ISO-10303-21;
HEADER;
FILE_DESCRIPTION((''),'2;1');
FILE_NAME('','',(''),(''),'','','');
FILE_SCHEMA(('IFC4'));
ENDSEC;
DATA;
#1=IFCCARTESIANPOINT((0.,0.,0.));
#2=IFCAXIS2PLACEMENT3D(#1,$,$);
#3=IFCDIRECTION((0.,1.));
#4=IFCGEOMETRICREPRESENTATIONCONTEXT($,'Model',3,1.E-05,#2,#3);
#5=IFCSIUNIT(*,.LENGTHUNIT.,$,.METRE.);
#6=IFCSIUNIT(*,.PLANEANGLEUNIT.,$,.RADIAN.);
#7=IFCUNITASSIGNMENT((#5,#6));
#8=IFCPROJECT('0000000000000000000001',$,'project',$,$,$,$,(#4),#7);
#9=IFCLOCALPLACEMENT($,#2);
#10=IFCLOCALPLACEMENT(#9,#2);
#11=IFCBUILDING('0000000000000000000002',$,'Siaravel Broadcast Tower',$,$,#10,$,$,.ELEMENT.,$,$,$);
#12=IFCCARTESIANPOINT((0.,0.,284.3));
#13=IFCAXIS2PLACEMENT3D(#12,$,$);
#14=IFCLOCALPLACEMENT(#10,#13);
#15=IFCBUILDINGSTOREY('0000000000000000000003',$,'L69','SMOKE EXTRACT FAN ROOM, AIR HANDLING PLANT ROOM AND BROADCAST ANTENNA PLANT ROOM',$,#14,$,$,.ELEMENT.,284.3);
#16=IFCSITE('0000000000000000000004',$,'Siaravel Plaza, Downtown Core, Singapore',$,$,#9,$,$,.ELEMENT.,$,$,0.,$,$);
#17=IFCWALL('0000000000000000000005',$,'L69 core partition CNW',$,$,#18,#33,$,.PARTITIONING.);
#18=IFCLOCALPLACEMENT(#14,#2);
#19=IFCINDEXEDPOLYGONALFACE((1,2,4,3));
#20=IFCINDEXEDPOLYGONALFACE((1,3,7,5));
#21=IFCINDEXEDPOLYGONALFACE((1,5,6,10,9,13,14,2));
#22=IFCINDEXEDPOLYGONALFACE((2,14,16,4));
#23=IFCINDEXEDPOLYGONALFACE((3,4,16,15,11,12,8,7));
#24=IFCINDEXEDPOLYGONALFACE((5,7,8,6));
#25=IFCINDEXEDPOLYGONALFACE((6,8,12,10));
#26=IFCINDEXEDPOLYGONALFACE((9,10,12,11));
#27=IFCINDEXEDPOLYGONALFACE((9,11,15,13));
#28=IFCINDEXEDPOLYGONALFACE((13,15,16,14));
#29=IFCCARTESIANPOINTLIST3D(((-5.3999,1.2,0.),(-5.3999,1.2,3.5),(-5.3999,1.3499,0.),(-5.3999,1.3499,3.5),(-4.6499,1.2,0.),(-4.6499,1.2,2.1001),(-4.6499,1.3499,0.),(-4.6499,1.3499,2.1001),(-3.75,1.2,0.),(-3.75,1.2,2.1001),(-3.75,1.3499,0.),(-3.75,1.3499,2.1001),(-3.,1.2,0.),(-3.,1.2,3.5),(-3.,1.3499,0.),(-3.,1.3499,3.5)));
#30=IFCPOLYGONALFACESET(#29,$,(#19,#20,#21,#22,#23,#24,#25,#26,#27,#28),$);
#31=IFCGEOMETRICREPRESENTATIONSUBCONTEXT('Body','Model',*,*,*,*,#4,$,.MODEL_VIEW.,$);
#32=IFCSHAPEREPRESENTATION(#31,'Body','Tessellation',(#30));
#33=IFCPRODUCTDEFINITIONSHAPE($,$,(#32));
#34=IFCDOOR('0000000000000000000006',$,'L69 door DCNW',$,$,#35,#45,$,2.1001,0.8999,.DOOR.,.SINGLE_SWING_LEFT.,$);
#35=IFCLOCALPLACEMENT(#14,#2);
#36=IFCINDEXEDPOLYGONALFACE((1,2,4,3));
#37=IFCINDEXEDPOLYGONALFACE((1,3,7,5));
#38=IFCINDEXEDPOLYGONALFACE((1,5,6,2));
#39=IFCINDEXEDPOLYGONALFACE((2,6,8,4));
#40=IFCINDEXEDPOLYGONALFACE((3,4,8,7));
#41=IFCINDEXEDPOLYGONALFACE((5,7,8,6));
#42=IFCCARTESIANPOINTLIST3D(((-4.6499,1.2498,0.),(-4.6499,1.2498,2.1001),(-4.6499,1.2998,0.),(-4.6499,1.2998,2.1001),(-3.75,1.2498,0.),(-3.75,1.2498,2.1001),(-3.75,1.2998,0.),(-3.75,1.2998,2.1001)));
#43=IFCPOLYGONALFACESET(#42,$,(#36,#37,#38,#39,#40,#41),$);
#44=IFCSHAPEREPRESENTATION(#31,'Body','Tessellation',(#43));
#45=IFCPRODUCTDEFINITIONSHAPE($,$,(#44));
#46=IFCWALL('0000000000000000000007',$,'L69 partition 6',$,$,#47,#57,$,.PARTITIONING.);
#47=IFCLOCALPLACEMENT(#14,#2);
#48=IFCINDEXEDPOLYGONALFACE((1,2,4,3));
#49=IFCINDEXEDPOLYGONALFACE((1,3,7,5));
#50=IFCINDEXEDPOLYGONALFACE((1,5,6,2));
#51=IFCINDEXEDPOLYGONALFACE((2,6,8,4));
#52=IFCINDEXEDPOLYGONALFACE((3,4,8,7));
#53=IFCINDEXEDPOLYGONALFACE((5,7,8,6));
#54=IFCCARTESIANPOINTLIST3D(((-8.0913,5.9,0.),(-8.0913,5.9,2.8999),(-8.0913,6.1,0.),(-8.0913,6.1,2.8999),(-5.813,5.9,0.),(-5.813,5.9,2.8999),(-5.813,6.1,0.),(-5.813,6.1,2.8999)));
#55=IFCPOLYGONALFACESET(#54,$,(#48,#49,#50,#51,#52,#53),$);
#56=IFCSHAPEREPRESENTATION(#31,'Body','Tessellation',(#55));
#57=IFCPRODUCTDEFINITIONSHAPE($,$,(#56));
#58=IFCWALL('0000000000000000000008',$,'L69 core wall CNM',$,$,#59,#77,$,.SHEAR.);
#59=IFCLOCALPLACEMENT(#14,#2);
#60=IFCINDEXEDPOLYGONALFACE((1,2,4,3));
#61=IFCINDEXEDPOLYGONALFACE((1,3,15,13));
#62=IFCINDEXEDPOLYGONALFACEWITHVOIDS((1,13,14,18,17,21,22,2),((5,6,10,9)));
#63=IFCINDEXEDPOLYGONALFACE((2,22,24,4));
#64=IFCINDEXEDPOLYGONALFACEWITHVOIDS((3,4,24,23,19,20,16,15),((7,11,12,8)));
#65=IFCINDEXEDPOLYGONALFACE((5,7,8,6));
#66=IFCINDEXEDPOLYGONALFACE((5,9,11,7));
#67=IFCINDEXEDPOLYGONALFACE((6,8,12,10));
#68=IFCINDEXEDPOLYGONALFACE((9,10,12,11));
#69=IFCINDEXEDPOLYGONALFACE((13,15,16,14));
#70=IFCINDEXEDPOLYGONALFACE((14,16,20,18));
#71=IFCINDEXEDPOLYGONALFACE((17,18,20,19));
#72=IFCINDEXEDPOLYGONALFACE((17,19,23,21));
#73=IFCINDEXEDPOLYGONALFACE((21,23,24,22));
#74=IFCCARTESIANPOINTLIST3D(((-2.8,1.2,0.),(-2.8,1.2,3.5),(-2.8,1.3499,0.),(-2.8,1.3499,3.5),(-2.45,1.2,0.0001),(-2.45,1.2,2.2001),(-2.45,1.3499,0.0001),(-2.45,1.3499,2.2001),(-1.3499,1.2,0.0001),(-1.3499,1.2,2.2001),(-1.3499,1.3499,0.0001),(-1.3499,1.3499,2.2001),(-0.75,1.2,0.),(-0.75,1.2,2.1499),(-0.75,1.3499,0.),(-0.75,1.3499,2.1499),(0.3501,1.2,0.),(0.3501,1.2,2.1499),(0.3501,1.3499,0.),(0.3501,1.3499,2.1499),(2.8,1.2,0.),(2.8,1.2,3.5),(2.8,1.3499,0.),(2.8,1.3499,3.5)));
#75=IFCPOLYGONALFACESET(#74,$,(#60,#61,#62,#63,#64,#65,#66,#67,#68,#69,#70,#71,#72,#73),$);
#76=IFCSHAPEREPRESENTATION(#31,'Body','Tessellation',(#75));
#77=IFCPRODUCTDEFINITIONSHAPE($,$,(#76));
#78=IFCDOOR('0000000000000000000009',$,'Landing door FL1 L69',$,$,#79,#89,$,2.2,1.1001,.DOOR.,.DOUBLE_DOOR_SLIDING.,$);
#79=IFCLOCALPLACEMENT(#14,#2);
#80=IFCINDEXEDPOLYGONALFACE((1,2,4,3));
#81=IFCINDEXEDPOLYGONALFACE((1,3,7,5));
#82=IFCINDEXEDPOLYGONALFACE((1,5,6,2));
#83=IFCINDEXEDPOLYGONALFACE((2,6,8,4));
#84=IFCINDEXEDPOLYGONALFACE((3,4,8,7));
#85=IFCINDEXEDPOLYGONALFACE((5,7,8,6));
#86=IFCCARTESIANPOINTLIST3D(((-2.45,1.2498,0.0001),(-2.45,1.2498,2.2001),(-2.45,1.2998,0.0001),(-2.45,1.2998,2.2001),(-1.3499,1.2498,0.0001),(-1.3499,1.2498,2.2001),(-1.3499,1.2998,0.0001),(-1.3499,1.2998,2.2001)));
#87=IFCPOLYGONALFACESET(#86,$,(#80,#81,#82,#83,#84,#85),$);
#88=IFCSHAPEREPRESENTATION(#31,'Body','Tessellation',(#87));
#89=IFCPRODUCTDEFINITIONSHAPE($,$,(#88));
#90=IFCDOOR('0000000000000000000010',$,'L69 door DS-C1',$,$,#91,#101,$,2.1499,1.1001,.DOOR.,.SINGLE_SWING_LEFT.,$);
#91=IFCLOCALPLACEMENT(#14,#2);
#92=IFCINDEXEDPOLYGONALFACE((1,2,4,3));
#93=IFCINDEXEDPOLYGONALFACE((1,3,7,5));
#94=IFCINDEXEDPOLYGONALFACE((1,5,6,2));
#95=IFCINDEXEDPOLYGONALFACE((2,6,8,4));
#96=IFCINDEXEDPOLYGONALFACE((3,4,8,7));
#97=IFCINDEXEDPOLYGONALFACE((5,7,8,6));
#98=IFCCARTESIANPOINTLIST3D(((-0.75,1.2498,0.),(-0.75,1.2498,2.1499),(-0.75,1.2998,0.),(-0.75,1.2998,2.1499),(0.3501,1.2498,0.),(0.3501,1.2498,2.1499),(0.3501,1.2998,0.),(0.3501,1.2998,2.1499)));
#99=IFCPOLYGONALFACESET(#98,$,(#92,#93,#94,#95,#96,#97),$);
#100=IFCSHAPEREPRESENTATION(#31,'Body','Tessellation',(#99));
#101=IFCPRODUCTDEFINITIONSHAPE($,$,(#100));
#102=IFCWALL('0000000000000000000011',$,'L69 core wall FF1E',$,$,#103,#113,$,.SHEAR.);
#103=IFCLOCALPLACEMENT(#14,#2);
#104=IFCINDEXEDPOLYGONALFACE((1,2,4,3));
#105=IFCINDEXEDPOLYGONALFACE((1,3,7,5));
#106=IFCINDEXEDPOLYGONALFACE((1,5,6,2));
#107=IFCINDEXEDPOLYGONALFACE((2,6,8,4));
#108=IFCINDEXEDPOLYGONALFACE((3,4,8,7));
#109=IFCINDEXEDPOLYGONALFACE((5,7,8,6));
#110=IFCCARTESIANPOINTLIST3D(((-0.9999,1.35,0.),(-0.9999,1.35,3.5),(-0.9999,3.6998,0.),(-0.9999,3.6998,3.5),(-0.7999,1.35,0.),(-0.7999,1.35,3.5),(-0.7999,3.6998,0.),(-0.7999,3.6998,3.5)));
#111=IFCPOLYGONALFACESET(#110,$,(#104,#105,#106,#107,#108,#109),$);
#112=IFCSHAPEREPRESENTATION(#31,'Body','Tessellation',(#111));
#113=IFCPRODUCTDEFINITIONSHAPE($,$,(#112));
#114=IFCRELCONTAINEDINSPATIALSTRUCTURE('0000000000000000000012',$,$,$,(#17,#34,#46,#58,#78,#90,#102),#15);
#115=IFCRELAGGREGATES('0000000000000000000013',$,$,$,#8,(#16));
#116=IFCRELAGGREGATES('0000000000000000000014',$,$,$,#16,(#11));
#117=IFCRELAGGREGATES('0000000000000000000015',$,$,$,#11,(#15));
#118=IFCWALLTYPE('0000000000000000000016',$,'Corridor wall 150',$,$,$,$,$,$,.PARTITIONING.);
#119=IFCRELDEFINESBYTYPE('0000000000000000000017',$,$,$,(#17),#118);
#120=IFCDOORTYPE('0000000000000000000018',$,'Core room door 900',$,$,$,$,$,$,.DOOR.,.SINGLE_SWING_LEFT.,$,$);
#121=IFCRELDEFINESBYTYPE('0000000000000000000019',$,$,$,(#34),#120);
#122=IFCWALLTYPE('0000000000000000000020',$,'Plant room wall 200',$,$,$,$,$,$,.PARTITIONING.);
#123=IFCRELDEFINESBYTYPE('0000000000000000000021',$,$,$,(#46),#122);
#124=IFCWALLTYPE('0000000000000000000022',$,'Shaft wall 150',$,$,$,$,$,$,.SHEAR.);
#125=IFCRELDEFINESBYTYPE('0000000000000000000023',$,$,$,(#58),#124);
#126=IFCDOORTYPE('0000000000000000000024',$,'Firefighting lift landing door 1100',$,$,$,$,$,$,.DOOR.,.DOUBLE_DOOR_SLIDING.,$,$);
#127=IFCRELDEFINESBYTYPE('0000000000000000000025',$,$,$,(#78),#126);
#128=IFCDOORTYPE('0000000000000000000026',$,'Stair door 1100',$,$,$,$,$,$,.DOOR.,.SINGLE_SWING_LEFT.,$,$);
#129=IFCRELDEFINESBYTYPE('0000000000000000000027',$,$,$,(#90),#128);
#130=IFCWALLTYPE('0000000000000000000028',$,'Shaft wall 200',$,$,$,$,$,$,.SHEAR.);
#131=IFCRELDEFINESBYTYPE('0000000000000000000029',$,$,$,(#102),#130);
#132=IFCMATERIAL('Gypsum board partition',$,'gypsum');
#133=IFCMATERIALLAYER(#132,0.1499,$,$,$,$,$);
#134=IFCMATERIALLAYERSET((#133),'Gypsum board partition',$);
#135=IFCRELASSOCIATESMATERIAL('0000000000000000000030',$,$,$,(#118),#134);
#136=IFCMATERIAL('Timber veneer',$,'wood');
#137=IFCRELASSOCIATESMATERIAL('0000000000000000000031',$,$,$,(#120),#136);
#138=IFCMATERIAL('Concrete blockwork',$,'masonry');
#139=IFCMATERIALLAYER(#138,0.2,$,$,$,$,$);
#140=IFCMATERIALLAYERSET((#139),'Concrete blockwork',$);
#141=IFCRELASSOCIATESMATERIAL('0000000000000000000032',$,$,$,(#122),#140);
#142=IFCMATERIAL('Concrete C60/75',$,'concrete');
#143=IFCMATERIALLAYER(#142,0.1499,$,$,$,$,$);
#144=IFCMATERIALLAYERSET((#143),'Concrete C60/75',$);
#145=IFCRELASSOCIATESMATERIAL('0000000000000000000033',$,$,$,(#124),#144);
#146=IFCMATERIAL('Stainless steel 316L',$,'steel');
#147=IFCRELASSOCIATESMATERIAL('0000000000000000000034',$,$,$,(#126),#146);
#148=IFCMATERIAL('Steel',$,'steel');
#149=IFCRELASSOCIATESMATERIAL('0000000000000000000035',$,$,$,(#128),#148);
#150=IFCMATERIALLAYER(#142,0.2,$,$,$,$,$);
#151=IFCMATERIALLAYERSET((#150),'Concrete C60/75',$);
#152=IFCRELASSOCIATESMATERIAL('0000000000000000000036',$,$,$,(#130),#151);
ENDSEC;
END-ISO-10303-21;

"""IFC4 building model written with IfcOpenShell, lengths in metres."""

from ifc_helpers import new_model, si_unit, direction, frame, frame_2d, origin, place, context, subcontext, project, spatial, rectangle, extrude, material, layer, layer_set, type_object, element, fill, save


model = new_model("IFC4")

# Units and contexts
model_context = context("Model", 3, precision=1e-05, world=origin(), true_north=direction((0.0, 1.0)))
body_context = subcontext(model_context, "Body", "Model", "MODEL_VIEW")
ifc_project = project(units=[si_unit("LENGTHUNIT", "METRE"), si_unit("PLANEANGLEUNIT", "RADIAN")], contexts=[model_context])

# Site, building, storey
site_placement = place(None, origin())
site = spatial("IfcSite", under=ifc_project, at=site_placement, Name="Siaravel Plaza, Downtown Core, Singapore", CompositionType="ELEMENT", RefElevation=0.0)
building_placement = place(site_placement, origin())
building = spatial("IfcBuilding", under=site, at=building_placement, Name="Siaravel Broadcast Tower", CompositionType="ELEMENT")
storey_placement = place(building_placement, frame((0.0, 0.0, 284.3)))
storey = spatial("IfcBuildingStorey", under=building, at=storey_placement, Name="L69", Description="SMOKE EXTRACT FAN ROOM, AIR HANDLING PLANT ROOM AND BROADCAST ANTENNA PLANT ROOM", CompositionType="ELEMENT", Elevation=284.3)

# Shared definitions
ifc_material_1 = material(Name="Concrete C60/75", Category="concrete")

# Wall, opening, door
ifc_material_2 = material(Name="Gypsum board partition", Category="gypsum")
ifc_layer_1 = layer(ifc_material_2, 0.1499)
ifc_layer_set_1 = layer_set([ifc_layer_1], Name="Gypsum board partition")
wall_type_1 = type_object("IfcWallType", Name="Corridor wall 150", PredefinedType="PARTITIONING", material=ifc_layer_set_1)
wall_1_placement = place(storey_placement, frame((-5.3999, 1.2749, 0.0), z_axis=(0.0, 0.0, 1.0), x_axis=(1.0, 0.0, 0.0)))
wall_1 = element("IfcWall", 1, at=wall_1_placement, inside=storey, type_object=wall_type_1, Name="L69 core partition CNW", PredefinedType="PARTITIONING", context=body_context, shape_type="SweptSolid", body=[
    extrude(rectangle(XDim=2.3999, YDim=0.1499, at=frame_2d((1.2, 0.0))), origin(), (0.0, 0.0, 1.0), 3.5),
])
opening_1_placement = place(wall_1_placement, frame((0.75, 0.0, 0.0)))
opening_1 = element("IfcOpeningElement", 2, at=opening_1_placement, cuts=wall_1, PredefinedType="OPENING", context=body_context, shape_type="SweptSolid", body=[
    extrude(rectangle(XDim=0.8999, YDim=2.1001, at=frame_2d((0.45, 1.05))), frame((0.0, 0.085, 0.0), z_axis=(0.0, -1.0, 0.0), x_axis=(1.0, 0.0, 0.0)), (0.0, 0.0, 1.0), 0.1699),
])
ifc_material_3 = material(Name="Timber veneer", Category="wood")
door_type_1 = type_object("IfcDoorType", Name="Core room door 900", OperationType="SINGLE_SWING_LEFT", PredefinedType="DOOR", material=ifc_material_3)
door_1_placement = place(opening_1_placement, origin())
door_1 = element("IfcDoor", 3, at=door_1_placement, inside=storey, type_object=door_type_1, Name="L69 door DCNW", OperationType="SINGLE_SWING_LEFT", OverallHeight=2.1001, OverallWidth=0.8999, PredefinedType="DOOR", context=body_context, shape_type="SweptSolid", body=[
    extrude(rectangle(XDim=0.8999, YDim=2.1001, at=frame_2d((0.45, 1.05))), frame((0.0, 0.0249, 0.0), z_axis=(0.0, -1.0, 0.0), x_axis=(1.0, 0.0, 0.0)), (0.0, 0.0, 1.0), 0.05),
])
fill(opening_1, door_1)

# Wall
ifc_material_4 = material(Name="Concrete blockwork", Category="masonry")
ifc_layer_2 = layer(ifc_material_4, 0.2)
ifc_layer_set_2 = layer_set([ifc_layer_2], Name="Concrete blockwork")
wall_type_2 = type_object("IfcWallType", Name="Plant room wall 200", PredefinedType="PARTITIONING", material=ifc_layer_set_2)
wall_2_placement = place(storey_placement, frame((-5.813, 6.0, 0.0), z_axis=(0.0, 0.0, 1.0), x_axis=(-1.0, 0.0, 0.0)))
element("IfcWall", 4, at=wall_2_placement, inside=storey, type_object=wall_type_2, Name="L69 partition 6", PredefinedType="PARTITIONING", context=body_context, shape_type="SweptSolid", body=[
    extrude(rectangle(XDim=2.2783, YDim=0.2, at=frame_2d((1.1392, 0.0))), origin(), (0.0, 0.0, 1.0), 2.8999),
])

# Wall, openings, doors
ifc_layer_3 = layer(ifc_material_1, 0.1499)
ifc_layer_set_3 = layer_set([ifc_layer_3], Name="Concrete C60/75")
wall_type_3 = type_object("IfcWallType", Name="Shaft wall 150", PredefinedType="SHEAR", material=ifc_layer_set_3)
wall_3_placement = place(storey_placement, frame((-2.8, 1.2749, 0.0), z_axis=(0.0, 0.0, 1.0), x_axis=(1.0, 0.0, 0.0)))
wall_3 = element("IfcWall", 5, at=wall_3_placement, inside=storey, type_object=wall_type_3, Name="L69 core wall CNM", PredefinedType="SHEAR", context=body_context, shape_type="SweptSolid", body=[
    extrude(rectangle(XDim=5.6001, YDim=0.1499, at=frame_2d((2.8, 0.0))), origin(), (0.0, 0.0, 1.0), 3.5),
])
opening_2_placement = place(wall_3_placement, frame((0.3501, 0.0, 0.0)))
opening_2 = element("IfcOpeningElement", 6, at=opening_2_placement, cuts=wall_3, PredefinedType="OPENING", context=body_context, shape_type="SweptSolid", body=[
    extrude(rectangle(XDim=1.1001, YDim=2.2, at=frame_2d((0.55, 1.1001))), frame((0.0, 0.085, 0.0), z_axis=(0.0, -1.0, 0.0), x_axis=(1.0, 0.0, 0.0)), (0.0, 0.0, 1.0), 0.1699),
])
opening_3_placement = place(wall_3_placement, frame((2.05, 0.0, 0.0)))
opening_3 = element("IfcOpeningElement", 7, at=opening_3_placement, cuts=wall_3, PredefinedType="OPENING", context=body_context, shape_type="SweptSolid", body=[
    extrude(rectangle(XDim=1.1001, YDim=2.1499, at=frame_2d((0.55, 1.075))), frame((0.0, 0.085, 0.0), z_axis=(0.0, -1.0, 0.0), x_axis=(1.0, 0.0, 0.0)), (0.0, 0.0, 1.0), 0.1699),
])
ifc_material_5 = material(Name="Stainless steel 316L", Category="steel")
door_type_2 = type_object("IfcDoorType", Name="Firefighting lift landing door 1100", OperationType="DOUBLE_DOOR_SLIDING", PredefinedType="DOOR", material=ifc_material_5)
door_2_placement = place(opening_2_placement, origin())
door_2 = element("IfcDoor", 8, at=door_2_placement, inside=storey, type_object=door_type_2, Name="Landing door FL1 L69", OperationType="DOUBLE_DOOR_SLIDING", OverallHeight=2.2, OverallWidth=1.1001, PredefinedType="DOOR", context=body_context, shape_type="SweptSolid", body=[
    extrude(rectangle(XDim=1.1001, YDim=2.2, at=frame_2d((0.55, 1.1001))), frame((0.0, 0.0249, 0.0), z_axis=(0.0, -1.0, 0.0), x_axis=(1.0, 0.0, 0.0)), (0.0, 0.0, 1.0), 0.05),
])
fill(opening_2, door_2)
ifc_material_6 = material(Name="Steel", Category="steel")
door_type_3 = type_object("IfcDoorType", Name="Stair door 1100", OperationType="SINGLE_SWING_LEFT", PredefinedType="DOOR", material=ifc_material_6)
door_3_placement = place(opening_3_placement, origin())
door_3 = element("IfcDoor", 9, at=door_3_placement, inside=storey, type_object=door_type_3, Name="L69 door DS-C1", OperationType="SINGLE_SWING_LEFT", OverallHeight=2.1499, OverallWidth=1.1001, PredefinedType="DOOR", context=body_context, shape_type="SweptSolid", body=[
    extrude(rectangle(XDim=1.1001, YDim=2.1499, at=frame_2d((0.55, 1.075))), frame((0.0, 0.0249, 0.0), z_axis=(0.0, -1.0, 0.0), x_axis=(1.0, 0.0, 0.0)), (0.0, 0.0, 1.0), 0.05),
])
fill(opening_3, door_3)

# Wall
ifc_layer_4 = layer(ifc_material_1, 0.2)
ifc_layer_set_4 = layer_set([ifc_layer_4], Name="Concrete C60/75")
wall_type_4 = type_object("IfcWallType", Name="Shaft wall 200", PredefinedType="SHEAR", material=ifc_layer_set_4)
wall_4_placement = place(storey_placement, frame((-0.8999, 1.3501, 0.0), z_axis=(0.0, 0.0, 1.0), x_axis=(0.0, 1.0, 0.0)))
element("IfcWall", 10, at=wall_4_placement, inside=storey, type_object=wall_type_4, Name="L69 core wall FF1E", PredefinedType="SHEAR", context=body_context, shape_type="SweptSolid", body=[
    extrude(rectangle(XDim=2.3499, YDim=0.2, at=frame_2d((1.1748, 0.0))), origin(), (0.0, 0.0, 1.0), 3.5),
])

save(model, "model.ifc")
